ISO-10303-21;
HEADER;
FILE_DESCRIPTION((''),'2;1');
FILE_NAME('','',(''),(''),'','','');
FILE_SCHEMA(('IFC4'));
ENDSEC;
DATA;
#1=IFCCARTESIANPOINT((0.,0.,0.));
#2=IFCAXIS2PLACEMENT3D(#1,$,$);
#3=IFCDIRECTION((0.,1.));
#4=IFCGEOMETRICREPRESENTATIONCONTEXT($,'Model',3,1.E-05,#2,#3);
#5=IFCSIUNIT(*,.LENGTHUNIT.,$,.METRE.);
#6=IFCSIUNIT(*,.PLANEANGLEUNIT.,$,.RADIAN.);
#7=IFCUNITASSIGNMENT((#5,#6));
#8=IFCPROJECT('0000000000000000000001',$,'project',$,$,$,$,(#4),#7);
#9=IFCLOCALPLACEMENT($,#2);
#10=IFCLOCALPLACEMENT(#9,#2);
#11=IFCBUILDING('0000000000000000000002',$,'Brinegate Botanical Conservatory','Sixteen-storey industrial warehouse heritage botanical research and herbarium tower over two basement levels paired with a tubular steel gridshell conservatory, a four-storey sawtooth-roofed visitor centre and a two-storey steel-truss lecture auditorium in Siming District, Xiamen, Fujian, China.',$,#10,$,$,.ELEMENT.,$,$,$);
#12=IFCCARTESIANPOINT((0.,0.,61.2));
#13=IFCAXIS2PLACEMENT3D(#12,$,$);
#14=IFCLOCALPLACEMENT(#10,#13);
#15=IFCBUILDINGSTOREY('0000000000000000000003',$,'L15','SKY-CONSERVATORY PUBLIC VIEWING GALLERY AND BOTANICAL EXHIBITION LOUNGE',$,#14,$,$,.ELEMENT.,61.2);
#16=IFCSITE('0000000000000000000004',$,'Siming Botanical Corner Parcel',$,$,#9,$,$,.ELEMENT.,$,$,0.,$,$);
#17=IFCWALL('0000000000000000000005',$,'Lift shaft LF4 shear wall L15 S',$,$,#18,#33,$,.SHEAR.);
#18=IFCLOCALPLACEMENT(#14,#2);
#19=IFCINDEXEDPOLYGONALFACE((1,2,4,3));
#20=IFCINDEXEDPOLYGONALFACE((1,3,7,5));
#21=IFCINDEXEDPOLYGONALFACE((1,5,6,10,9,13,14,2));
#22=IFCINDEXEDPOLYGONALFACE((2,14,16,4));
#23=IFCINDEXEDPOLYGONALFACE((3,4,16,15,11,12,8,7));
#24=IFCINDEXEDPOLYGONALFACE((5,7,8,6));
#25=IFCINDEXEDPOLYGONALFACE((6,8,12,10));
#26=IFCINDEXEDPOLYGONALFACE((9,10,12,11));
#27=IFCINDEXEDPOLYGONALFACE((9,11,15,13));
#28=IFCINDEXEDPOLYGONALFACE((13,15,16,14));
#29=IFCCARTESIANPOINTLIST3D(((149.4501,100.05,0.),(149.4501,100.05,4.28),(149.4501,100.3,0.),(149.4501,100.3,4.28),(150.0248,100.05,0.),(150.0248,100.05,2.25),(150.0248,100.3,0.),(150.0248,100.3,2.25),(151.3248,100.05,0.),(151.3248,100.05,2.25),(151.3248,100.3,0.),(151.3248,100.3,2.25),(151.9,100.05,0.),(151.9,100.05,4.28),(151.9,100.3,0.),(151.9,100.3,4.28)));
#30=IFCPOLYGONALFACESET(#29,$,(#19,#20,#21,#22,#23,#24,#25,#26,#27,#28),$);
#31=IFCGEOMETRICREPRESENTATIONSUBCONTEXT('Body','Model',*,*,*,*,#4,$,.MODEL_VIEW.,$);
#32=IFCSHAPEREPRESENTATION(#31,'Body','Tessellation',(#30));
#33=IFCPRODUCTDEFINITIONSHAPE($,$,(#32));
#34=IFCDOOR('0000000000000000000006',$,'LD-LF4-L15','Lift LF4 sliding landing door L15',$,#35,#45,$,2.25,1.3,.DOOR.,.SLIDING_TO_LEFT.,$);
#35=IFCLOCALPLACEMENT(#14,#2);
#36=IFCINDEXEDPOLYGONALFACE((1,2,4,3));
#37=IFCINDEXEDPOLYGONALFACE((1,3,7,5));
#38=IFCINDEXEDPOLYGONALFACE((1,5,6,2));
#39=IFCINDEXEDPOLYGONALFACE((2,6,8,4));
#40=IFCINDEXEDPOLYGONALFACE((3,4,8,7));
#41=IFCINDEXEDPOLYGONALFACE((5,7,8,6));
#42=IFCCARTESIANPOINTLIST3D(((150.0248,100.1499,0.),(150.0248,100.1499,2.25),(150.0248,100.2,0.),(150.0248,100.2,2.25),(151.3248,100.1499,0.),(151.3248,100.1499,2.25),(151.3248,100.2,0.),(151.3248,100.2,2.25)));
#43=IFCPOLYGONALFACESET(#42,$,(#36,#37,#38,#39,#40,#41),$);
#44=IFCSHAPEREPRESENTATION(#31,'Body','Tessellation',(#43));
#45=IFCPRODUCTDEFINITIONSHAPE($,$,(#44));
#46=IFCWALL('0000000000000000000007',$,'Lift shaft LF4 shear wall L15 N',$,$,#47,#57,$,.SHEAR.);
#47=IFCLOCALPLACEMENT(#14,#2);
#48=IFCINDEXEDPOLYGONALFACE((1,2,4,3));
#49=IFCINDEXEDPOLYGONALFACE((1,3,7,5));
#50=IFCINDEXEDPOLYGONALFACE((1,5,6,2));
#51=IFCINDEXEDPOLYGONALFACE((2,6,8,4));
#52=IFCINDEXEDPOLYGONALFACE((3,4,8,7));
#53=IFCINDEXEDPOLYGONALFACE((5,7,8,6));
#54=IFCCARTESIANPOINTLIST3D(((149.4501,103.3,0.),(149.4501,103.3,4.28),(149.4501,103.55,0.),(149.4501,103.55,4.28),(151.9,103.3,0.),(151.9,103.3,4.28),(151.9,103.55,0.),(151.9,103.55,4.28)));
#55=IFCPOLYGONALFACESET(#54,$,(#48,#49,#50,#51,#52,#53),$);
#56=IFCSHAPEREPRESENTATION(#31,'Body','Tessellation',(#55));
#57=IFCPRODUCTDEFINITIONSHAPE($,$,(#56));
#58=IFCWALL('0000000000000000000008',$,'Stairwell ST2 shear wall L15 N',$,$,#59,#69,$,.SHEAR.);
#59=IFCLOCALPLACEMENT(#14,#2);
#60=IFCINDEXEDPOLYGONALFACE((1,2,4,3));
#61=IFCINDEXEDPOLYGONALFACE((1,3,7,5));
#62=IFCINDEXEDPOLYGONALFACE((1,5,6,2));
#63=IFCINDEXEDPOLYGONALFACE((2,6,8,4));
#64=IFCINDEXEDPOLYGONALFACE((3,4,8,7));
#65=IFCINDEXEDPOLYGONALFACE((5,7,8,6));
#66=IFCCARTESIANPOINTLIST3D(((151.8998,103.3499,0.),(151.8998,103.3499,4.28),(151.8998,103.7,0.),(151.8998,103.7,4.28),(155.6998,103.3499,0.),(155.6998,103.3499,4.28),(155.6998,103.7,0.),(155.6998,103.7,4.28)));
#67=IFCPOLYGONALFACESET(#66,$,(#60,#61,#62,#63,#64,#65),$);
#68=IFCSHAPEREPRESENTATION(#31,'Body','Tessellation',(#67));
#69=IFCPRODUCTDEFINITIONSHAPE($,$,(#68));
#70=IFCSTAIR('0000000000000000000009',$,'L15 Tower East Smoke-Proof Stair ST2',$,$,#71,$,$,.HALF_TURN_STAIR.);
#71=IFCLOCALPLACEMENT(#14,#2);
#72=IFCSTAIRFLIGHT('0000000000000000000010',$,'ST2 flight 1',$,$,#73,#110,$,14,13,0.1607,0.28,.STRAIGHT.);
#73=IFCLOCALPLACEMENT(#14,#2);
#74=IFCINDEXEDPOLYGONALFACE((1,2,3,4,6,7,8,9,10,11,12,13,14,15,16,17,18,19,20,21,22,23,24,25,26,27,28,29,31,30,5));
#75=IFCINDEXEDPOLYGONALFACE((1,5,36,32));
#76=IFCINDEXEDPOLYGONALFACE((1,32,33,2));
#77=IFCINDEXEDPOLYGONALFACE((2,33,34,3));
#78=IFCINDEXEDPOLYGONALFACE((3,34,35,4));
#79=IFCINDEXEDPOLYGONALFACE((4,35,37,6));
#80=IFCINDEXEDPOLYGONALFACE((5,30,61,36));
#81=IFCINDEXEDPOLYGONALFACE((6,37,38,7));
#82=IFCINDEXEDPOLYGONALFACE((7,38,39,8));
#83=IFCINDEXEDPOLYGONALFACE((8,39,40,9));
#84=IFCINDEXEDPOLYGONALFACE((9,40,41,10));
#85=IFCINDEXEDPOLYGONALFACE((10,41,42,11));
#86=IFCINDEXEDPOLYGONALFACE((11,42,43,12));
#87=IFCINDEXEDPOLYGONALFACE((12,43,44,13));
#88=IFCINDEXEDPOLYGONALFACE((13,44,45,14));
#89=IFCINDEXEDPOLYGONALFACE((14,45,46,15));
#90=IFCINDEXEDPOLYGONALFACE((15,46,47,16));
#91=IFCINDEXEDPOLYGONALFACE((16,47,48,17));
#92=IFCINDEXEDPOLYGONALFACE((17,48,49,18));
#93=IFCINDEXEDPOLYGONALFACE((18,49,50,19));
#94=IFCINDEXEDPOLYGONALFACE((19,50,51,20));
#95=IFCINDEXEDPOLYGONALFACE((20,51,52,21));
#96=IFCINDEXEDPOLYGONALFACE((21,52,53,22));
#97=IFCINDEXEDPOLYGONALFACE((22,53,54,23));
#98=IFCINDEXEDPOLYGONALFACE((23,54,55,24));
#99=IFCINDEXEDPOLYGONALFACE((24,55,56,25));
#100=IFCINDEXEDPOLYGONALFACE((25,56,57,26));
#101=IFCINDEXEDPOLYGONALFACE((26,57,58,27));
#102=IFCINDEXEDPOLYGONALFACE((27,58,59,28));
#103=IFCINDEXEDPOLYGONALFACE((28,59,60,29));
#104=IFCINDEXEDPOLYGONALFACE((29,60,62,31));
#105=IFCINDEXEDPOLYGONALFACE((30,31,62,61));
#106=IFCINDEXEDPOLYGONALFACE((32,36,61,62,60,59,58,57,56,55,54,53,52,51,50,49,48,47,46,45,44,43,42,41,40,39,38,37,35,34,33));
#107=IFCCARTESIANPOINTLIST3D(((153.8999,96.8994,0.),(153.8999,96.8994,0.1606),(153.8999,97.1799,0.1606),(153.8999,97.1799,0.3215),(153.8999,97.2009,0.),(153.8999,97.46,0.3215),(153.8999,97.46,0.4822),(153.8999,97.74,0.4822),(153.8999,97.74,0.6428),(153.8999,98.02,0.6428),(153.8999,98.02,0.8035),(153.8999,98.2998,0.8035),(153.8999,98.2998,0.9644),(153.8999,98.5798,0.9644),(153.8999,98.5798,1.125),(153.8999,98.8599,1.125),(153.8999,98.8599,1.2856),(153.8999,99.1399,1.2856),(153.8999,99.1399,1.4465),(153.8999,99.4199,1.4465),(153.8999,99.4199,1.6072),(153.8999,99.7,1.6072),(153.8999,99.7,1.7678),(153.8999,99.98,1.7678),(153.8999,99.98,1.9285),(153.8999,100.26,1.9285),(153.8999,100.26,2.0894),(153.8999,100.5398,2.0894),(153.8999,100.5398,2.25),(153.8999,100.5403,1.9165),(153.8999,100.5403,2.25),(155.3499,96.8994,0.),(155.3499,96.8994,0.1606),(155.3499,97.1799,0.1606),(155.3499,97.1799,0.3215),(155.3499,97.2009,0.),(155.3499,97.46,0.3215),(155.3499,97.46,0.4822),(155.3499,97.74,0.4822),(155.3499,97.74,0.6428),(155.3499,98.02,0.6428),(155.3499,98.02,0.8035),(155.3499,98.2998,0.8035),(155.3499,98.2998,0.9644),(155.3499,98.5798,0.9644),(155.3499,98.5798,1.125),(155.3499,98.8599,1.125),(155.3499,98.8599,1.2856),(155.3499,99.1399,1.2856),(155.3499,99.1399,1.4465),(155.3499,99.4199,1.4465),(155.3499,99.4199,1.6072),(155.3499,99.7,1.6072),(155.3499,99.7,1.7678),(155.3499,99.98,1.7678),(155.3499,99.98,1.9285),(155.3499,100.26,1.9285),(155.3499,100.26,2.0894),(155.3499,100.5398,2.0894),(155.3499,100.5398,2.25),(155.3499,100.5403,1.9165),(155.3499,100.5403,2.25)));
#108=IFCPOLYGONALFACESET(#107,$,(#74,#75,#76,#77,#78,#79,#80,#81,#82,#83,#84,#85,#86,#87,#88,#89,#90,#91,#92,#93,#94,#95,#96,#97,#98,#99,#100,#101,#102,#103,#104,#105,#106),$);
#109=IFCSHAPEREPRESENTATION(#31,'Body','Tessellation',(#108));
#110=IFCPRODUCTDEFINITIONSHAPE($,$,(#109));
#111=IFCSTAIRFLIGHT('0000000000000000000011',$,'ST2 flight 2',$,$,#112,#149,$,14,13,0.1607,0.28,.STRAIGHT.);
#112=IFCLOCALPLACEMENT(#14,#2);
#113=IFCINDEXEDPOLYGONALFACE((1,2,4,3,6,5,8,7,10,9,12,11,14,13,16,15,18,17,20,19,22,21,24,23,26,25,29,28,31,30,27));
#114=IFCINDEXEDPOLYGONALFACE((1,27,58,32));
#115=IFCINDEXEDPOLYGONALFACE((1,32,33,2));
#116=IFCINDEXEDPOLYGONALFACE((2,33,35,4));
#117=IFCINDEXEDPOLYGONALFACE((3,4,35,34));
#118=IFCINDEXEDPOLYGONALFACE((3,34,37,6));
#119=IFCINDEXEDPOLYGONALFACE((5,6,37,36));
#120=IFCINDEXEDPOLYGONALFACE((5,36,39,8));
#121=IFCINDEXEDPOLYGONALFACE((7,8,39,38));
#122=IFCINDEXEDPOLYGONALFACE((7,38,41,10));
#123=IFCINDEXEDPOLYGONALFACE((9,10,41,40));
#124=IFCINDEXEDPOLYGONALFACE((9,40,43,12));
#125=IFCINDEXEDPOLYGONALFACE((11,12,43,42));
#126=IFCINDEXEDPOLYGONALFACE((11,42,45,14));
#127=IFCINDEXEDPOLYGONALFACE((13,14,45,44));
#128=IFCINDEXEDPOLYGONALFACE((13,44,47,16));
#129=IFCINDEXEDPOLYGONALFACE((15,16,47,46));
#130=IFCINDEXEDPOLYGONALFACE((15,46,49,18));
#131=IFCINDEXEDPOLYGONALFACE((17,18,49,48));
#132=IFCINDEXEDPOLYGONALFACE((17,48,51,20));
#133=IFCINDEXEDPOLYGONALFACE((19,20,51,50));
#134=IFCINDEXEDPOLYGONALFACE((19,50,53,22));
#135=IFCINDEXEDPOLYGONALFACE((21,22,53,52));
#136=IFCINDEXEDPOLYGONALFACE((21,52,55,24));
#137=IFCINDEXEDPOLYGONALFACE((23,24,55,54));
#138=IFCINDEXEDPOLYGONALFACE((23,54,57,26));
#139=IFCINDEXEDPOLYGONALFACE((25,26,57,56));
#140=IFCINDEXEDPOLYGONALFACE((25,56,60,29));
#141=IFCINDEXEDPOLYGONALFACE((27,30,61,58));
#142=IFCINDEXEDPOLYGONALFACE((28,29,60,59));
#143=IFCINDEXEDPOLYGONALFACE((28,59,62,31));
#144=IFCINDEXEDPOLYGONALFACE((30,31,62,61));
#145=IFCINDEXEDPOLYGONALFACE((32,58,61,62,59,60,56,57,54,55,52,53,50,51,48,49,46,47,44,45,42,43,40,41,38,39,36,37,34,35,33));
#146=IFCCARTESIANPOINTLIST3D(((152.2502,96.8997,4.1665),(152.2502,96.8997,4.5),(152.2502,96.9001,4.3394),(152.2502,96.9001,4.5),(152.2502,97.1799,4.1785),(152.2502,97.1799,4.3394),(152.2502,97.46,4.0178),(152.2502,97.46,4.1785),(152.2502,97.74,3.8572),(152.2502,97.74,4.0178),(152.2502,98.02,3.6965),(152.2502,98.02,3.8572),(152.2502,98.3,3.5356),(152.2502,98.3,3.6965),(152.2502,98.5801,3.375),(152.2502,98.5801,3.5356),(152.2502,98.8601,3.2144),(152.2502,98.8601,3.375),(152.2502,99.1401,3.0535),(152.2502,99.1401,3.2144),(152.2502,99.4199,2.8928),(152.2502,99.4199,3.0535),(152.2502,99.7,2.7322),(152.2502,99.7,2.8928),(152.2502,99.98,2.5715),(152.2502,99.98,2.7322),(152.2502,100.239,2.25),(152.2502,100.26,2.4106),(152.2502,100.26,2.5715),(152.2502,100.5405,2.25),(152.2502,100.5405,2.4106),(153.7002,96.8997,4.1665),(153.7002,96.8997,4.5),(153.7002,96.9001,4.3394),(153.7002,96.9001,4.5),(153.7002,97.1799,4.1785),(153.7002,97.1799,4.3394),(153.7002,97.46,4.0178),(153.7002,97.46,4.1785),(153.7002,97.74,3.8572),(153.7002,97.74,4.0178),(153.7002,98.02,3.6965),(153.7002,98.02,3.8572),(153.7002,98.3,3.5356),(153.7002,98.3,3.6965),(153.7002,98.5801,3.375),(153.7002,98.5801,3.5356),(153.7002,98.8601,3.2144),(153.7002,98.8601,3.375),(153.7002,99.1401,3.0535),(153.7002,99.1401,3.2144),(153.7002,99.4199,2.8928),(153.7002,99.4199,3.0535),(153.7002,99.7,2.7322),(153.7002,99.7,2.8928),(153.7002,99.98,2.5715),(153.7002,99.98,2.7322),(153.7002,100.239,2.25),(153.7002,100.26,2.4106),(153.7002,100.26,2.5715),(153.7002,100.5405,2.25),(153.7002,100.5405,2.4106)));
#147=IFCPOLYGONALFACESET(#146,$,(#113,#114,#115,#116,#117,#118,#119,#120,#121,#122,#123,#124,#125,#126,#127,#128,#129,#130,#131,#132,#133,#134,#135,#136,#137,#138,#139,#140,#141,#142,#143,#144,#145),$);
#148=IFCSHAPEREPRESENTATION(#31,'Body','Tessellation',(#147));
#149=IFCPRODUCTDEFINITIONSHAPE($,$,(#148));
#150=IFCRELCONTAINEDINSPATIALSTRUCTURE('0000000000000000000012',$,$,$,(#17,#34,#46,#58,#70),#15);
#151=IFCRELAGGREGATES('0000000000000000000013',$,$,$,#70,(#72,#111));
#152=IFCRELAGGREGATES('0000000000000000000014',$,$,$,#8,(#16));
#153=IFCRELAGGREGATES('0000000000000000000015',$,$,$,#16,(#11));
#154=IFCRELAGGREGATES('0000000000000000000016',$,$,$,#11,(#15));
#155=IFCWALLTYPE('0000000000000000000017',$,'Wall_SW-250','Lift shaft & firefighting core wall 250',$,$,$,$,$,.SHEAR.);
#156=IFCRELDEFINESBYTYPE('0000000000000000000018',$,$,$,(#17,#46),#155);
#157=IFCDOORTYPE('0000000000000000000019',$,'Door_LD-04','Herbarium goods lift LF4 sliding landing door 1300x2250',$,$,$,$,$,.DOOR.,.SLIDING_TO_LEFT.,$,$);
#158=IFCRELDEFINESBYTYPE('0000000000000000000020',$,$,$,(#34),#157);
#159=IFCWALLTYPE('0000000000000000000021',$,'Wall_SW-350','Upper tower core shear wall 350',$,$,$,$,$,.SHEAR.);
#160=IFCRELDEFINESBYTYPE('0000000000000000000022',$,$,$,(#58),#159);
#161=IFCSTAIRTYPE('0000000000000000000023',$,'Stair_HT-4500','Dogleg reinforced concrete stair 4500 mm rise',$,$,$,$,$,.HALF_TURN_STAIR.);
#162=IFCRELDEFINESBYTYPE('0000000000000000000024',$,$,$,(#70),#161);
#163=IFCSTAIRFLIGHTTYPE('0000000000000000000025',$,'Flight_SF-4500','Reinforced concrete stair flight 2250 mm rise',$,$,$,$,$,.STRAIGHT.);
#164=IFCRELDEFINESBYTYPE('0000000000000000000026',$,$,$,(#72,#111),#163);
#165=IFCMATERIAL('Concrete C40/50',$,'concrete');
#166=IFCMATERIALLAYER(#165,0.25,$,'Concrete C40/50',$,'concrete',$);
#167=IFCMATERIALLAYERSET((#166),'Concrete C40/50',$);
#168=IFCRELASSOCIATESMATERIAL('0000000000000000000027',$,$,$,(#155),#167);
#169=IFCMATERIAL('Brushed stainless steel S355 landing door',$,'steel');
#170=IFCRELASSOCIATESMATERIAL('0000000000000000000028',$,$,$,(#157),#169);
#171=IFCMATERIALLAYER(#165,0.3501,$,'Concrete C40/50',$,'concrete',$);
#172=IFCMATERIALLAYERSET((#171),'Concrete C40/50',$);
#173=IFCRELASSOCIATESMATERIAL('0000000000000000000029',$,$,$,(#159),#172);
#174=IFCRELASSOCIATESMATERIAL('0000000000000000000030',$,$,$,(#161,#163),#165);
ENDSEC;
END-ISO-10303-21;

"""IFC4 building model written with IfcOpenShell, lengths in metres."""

from ifc_helpers import new_model, si_unit, direction, frame, frame_2d, origin, place, context, subcontext, project, spatial, polyline, rectangle, outline, extrude, material, layer, layer_set, type_object, element, fill, aggregate, save


model = new_model("IFC4")

# Units and contexts
model_context = context("Model", 3, precision=1e-05, world=origin(), true_north=direction((0.0, 1.0)))
body_context = subcontext(model_context, "Body", "Model", "MODEL_VIEW")
ifc_project = project(units=[si_unit("LENGTHUNIT", "METRE"), si_unit("PLANEANGLEUNIT", "RADIAN")], contexts=[model_context])

# Site, building, storey
site_placement = place(None, origin())
site = spatial("IfcSite", under=ifc_project, at=site_placement, Name="Siming Botanical Corner Parcel", CompositionType="ELEMENT", RefElevation=0.0)
building_placement = place(site_placement, origin())
building = spatial("IfcBuilding", under=site, at=building_placement, Name="Brinegate Botanical Conservatory", Description="Sixteen-storey industrial warehouse heritage botanical research and herbarium tower over two basement levels paired with a tubular steel gridshell conservatory, a four-storey sawtooth-roofed visitor centre and a two-storey steel-truss lecture auditorium in Siming District, Xiamen, Fujian, China.", CompositionType="ELEMENT")
storey_placement = place(building_placement, frame((0.0, 0.0, 61.2)))
storey = spatial("IfcBuildingStorey", under=building, at=storey_placement, Name="L15", Description="SKY-CONSERVATORY PUBLIC VIEWING GALLERY AND BOTANICAL EXHIBITION LOUNGE", CompositionType="ELEMENT", Elevation=61.2)

# Shared definitions
ifc_material_1 = material(Name="Concrete C40/50", Category="concrete")

# Shared definitions
ifc_layer_1 = layer(ifc_material_1, 0.25, Name="Concrete C40/50", Category="concrete")
ifc_layer_set_1 = layer_set([ifc_layer_1], Name="Concrete C40/50")
wall_type_1 = type_object("IfcWallType", Name="Wall_SW-250", Description="Lift shaft & firefighting core wall 250", PredefinedType="SHEAR", material=ifc_layer_set_1)

# Wall, opening, door
wall_1_placement = place(storey_placement, frame((149.45, 100.175, 0.0), z_axis=(0.0, 0.0, 1.0), x_axis=(1.0, 0.0, 0.0)))
wall_1 = element("IfcWall", 1, at=wall_1_placement, inside=storey, type_object=wall_type_1, Name="Lift shaft LF4 shear wall L15 S", PredefinedType="SHEAR", context=body_context, shape_type="SweptSolid", body=[
    extrude(rectangle(XDim=2.45, YDim=0.25, at=frame_2d((1.2251, 0.0))), origin(), (0.0, 0.0, 1.0), 4.28),
])
opening_1_placement = place(wall_1_placement, frame((0.575, 0.0, 0.0)))
opening_1 = element("IfcOpeningElement", 2, at=opening_1_placement, cuts=wall_1, PredefinedType="OPENING", context=body_context, shape_type="SweptSolid", body=[
    extrude(rectangle(XDim=1.3, YDim=2.25, at=frame_2d((0.6499, 1.125))), frame((0.0, 0.135, 0.0), z_axis=(0.0, -1.0, 0.0), x_axis=(1.0, 0.0, 0.0)), (0.0, 0.0, 1.0), 0.27),
])
ifc_material_2 = material(Name="Brushed stainless steel S355 landing door", Category="steel")
door_type_1 = type_object("IfcDoorType", Name="Door_LD-04", Description="Herbarium goods lift LF4 sliding landing door 1300x2250", OperationType="SLIDING_TO_LEFT", PredefinedType="DOOR", material=ifc_material_2)
door_1_placement = place(opening_1_placement, origin())
door_1 = element("IfcDoor", 3, at=door_1_placement, inside=storey, type_object=door_type_1, Name="LD-LF4-L15", Description="Lift LF4 sliding landing door L15", OperationType="SLIDING_TO_LEFT", OverallHeight=2.25, OverallWidth=1.3, PredefinedType="DOOR", context=body_context, shape_type="SweptSolid", body=[
    extrude(rectangle(XDim=1.3, YDim=2.25, at=frame_2d((0.6499, 1.125))), frame((0.0, 0.0249, 0.0), z_axis=(0.0, -1.0, 0.0), x_axis=(1.0, 0.0, 0.0)), (0.0, 0.0, 1.0), 0.05),
])
fill(opening_1, door_1)

# Walls
wall_2_placement = place(storey_placement, frame((149.45, 103.425, 0.0), z_axis=(0.0, 0.0, 1.0), x_axis=(1.0, 0.0, 0.0)))
element("IfcWall", 4, at=wall_2_placement, inside=storey, type_object=wall_type_1, Name="Lift shaft LF4 shear wall L15 N", PredefinedType="SHEAR", context=body_context, shape_type="SweptSolid", body=[
    extrude(rectangle(XDim=2.45, YDim=0.25, at=frame_2d((1.2251, 0.0))), origin(), (0.0, 0.0, 1.0), 4.28),
])
ifc_layer_2 = layer(ifc_material_1, 0.3501, Name="Concrete C40/50", Category="concrete")
ifc_layer_set_2 = layer_set([ifc_layer_2], Name="Concrete C40/50")
wall_type_2 = type_object("IfcWallType", Name="Wall_SW-350", Description="Upper tower core shear wall 350", PredefinedType="SHEAR", material=ifc_layer_set_2)
wall_3_placement = place(storey_placement, frame((151.8999, 103.5249, 0.0), z_axis=(0.0, 0.0, 1.0), x_axis=(1.0, 0.0, 0.0)))
element("IfcWall", 5, at=wall_3_placement, inside=storey, type_object=wall_type_2, Name="Stairwell ST2 shear wall L15 N", PredefinedType="SHEAR", context=body_context, shape_type="SweptSolid", body=[
    extrude(rectangle(XDim=3.8, YDim=0.3501, at=frame_2d((1.8999, 0.0))), origin(), (0.0, 0.0, 1.0), 4.28),
])

# Stair, stair flights
stair_type = type_object("IfcStairType", Name="Stair_HT-4500", Description="Dogleg reinforced concrete stair 4500 mm rise", PredefinedType="HALF_TURN_STAIR", material=ifc_material_1)
stair_placement = place(storey_placement, origin())
stair = element("IfcStair", 6, at=stair_placement, inside=storey, type_object=stair_type, Name="L15 Tower East Smoke-Proof Stair ST2", PredefinedType="HALF_TURN_STAIR")
stair_flight_type = type_object("IfcStairFlightType", Name="Flight_SF-4500", Description="Reinforced concrete stair flight 2250 mm rise", PredefinedType="STRAIGHT", material=ifc_material_1)
stair_flight_1_placement = place(storey_placement, frame((154.625, 96.8999, 0.0), z_axis=(0.0, 0.0, 1.0), x_axis=(0.0, 1.0, 0.0)))
stair_flight_1 = element("IfcStairFlight", 7, at=stair_flight_1_placement, type_object=stair_flight_type, Name="ST2 flight 1", NumberOfRisers=14, NumberOfTreads=13, PredefinedType="STRAIGHT", RiserHeight=0.1607, TreadLength=0.28, context=body_context, shape_type="SweptSolid", body=[
    extrude(outline(polyline([(-0.0005, 0.0), (-0.0005, 0.1606), (0.28, 0.1606), (0.28, 0.3215), (0.5601, 0.3215), (0.5601, 0.4822), (0.8401, 0.4822), (0.8401, 0.6428), (1.1201, 0.6428), (1.1201, 0.8035), (1.3999, 0.8035), (1.3999, 0.9644), (1.6799, 0.9644), (1.6799, 1.125), (1.96, 1.125), (1.96, 1.2856), (2.24, 1.2856), (2.24, 1.4465), (2.52, 1.4465), (2.52, 1.6072), (2.8, 1.6072), (2.8, 1.7678), (3.0801, 1.7678), (3.0801, 1.9285), (3.3601, 1.9285), (3.3601, 2.0894), (3.6399, 2.0894), (3.6399, 2.25), (3.6404, 2.25), (3.6404, 1.9165), (0.301, 0.0), (-0.0005, 0.0)])), frame((0.0, 0.7251, 0.0), z_axis=(0.0, -1.0, 0.0), x_axis=(1.0, 0.0, 0.0)), (0.0, 0.0, 1.0), 1.45),
])
stair_flight_2_placement = place(storey_placement, frame((152.9751, 100.54, 2.25), z_axis=(0.0, 0.0, 1.0), x_axis=(0.0, -1.0, 0.0)))
stair_flight_2 = element("IfcStairFlight", 8, at=stair_flight_2_placement, type_object=stair_flight_type, Name="ST2 flight 2", NumberOfRisers=14, NumberOfTreads=13, PredefinedType="STRAIGHT", RiserHeight=0.1607, TreadLength=0.28, context=body_context, shape_type="SweptSolid", body=[
    extrude(outline(polyline([(-0.0005, 0.0), (-0.0005, 0.1606), (0.28, 0.1606), (0.28, 0.3215), (0.5601, 0.3215), (0.5601, 0.4822), (0.8401, 0.4822), (0.8401, 0.6428), (1.1201, 0.6428), (1.1201, 0.8035), (1.3999, 0.8035), (1.3999, 0.9644), (1.6799, 0.9644), (1.6799, 1.125), (1.96, 1.125), (1.96, 1.2856), (2.24, 1.2856), (2.24, 1.4465), (2.52, 1.4465), (2.52, 1.6072), (2.8, 1.6072), (2.8, 1.7678), (3.0801, 1.7678), (3.0801, 1.9285), (3.3601, 1.9285), (3.3601, 2.0894), (3.6399, 2.0894), (3.6399, 2.25), (3.6404, 2.25), (3.6404, 1.9165), (0.301, 0.0), (-0.0005, 0.0)])), frame((0.0, 0.7251, 0.0), z_axis=(0.0, -1.0, 0.0), x_axis=(1.0, 0.0, 0.0)), (0.0, 0.0, 1.0), 1.45),
])
aggregate(stair, [stair_flight_1, stair_flight_2])

save(model, "model.ifc")
